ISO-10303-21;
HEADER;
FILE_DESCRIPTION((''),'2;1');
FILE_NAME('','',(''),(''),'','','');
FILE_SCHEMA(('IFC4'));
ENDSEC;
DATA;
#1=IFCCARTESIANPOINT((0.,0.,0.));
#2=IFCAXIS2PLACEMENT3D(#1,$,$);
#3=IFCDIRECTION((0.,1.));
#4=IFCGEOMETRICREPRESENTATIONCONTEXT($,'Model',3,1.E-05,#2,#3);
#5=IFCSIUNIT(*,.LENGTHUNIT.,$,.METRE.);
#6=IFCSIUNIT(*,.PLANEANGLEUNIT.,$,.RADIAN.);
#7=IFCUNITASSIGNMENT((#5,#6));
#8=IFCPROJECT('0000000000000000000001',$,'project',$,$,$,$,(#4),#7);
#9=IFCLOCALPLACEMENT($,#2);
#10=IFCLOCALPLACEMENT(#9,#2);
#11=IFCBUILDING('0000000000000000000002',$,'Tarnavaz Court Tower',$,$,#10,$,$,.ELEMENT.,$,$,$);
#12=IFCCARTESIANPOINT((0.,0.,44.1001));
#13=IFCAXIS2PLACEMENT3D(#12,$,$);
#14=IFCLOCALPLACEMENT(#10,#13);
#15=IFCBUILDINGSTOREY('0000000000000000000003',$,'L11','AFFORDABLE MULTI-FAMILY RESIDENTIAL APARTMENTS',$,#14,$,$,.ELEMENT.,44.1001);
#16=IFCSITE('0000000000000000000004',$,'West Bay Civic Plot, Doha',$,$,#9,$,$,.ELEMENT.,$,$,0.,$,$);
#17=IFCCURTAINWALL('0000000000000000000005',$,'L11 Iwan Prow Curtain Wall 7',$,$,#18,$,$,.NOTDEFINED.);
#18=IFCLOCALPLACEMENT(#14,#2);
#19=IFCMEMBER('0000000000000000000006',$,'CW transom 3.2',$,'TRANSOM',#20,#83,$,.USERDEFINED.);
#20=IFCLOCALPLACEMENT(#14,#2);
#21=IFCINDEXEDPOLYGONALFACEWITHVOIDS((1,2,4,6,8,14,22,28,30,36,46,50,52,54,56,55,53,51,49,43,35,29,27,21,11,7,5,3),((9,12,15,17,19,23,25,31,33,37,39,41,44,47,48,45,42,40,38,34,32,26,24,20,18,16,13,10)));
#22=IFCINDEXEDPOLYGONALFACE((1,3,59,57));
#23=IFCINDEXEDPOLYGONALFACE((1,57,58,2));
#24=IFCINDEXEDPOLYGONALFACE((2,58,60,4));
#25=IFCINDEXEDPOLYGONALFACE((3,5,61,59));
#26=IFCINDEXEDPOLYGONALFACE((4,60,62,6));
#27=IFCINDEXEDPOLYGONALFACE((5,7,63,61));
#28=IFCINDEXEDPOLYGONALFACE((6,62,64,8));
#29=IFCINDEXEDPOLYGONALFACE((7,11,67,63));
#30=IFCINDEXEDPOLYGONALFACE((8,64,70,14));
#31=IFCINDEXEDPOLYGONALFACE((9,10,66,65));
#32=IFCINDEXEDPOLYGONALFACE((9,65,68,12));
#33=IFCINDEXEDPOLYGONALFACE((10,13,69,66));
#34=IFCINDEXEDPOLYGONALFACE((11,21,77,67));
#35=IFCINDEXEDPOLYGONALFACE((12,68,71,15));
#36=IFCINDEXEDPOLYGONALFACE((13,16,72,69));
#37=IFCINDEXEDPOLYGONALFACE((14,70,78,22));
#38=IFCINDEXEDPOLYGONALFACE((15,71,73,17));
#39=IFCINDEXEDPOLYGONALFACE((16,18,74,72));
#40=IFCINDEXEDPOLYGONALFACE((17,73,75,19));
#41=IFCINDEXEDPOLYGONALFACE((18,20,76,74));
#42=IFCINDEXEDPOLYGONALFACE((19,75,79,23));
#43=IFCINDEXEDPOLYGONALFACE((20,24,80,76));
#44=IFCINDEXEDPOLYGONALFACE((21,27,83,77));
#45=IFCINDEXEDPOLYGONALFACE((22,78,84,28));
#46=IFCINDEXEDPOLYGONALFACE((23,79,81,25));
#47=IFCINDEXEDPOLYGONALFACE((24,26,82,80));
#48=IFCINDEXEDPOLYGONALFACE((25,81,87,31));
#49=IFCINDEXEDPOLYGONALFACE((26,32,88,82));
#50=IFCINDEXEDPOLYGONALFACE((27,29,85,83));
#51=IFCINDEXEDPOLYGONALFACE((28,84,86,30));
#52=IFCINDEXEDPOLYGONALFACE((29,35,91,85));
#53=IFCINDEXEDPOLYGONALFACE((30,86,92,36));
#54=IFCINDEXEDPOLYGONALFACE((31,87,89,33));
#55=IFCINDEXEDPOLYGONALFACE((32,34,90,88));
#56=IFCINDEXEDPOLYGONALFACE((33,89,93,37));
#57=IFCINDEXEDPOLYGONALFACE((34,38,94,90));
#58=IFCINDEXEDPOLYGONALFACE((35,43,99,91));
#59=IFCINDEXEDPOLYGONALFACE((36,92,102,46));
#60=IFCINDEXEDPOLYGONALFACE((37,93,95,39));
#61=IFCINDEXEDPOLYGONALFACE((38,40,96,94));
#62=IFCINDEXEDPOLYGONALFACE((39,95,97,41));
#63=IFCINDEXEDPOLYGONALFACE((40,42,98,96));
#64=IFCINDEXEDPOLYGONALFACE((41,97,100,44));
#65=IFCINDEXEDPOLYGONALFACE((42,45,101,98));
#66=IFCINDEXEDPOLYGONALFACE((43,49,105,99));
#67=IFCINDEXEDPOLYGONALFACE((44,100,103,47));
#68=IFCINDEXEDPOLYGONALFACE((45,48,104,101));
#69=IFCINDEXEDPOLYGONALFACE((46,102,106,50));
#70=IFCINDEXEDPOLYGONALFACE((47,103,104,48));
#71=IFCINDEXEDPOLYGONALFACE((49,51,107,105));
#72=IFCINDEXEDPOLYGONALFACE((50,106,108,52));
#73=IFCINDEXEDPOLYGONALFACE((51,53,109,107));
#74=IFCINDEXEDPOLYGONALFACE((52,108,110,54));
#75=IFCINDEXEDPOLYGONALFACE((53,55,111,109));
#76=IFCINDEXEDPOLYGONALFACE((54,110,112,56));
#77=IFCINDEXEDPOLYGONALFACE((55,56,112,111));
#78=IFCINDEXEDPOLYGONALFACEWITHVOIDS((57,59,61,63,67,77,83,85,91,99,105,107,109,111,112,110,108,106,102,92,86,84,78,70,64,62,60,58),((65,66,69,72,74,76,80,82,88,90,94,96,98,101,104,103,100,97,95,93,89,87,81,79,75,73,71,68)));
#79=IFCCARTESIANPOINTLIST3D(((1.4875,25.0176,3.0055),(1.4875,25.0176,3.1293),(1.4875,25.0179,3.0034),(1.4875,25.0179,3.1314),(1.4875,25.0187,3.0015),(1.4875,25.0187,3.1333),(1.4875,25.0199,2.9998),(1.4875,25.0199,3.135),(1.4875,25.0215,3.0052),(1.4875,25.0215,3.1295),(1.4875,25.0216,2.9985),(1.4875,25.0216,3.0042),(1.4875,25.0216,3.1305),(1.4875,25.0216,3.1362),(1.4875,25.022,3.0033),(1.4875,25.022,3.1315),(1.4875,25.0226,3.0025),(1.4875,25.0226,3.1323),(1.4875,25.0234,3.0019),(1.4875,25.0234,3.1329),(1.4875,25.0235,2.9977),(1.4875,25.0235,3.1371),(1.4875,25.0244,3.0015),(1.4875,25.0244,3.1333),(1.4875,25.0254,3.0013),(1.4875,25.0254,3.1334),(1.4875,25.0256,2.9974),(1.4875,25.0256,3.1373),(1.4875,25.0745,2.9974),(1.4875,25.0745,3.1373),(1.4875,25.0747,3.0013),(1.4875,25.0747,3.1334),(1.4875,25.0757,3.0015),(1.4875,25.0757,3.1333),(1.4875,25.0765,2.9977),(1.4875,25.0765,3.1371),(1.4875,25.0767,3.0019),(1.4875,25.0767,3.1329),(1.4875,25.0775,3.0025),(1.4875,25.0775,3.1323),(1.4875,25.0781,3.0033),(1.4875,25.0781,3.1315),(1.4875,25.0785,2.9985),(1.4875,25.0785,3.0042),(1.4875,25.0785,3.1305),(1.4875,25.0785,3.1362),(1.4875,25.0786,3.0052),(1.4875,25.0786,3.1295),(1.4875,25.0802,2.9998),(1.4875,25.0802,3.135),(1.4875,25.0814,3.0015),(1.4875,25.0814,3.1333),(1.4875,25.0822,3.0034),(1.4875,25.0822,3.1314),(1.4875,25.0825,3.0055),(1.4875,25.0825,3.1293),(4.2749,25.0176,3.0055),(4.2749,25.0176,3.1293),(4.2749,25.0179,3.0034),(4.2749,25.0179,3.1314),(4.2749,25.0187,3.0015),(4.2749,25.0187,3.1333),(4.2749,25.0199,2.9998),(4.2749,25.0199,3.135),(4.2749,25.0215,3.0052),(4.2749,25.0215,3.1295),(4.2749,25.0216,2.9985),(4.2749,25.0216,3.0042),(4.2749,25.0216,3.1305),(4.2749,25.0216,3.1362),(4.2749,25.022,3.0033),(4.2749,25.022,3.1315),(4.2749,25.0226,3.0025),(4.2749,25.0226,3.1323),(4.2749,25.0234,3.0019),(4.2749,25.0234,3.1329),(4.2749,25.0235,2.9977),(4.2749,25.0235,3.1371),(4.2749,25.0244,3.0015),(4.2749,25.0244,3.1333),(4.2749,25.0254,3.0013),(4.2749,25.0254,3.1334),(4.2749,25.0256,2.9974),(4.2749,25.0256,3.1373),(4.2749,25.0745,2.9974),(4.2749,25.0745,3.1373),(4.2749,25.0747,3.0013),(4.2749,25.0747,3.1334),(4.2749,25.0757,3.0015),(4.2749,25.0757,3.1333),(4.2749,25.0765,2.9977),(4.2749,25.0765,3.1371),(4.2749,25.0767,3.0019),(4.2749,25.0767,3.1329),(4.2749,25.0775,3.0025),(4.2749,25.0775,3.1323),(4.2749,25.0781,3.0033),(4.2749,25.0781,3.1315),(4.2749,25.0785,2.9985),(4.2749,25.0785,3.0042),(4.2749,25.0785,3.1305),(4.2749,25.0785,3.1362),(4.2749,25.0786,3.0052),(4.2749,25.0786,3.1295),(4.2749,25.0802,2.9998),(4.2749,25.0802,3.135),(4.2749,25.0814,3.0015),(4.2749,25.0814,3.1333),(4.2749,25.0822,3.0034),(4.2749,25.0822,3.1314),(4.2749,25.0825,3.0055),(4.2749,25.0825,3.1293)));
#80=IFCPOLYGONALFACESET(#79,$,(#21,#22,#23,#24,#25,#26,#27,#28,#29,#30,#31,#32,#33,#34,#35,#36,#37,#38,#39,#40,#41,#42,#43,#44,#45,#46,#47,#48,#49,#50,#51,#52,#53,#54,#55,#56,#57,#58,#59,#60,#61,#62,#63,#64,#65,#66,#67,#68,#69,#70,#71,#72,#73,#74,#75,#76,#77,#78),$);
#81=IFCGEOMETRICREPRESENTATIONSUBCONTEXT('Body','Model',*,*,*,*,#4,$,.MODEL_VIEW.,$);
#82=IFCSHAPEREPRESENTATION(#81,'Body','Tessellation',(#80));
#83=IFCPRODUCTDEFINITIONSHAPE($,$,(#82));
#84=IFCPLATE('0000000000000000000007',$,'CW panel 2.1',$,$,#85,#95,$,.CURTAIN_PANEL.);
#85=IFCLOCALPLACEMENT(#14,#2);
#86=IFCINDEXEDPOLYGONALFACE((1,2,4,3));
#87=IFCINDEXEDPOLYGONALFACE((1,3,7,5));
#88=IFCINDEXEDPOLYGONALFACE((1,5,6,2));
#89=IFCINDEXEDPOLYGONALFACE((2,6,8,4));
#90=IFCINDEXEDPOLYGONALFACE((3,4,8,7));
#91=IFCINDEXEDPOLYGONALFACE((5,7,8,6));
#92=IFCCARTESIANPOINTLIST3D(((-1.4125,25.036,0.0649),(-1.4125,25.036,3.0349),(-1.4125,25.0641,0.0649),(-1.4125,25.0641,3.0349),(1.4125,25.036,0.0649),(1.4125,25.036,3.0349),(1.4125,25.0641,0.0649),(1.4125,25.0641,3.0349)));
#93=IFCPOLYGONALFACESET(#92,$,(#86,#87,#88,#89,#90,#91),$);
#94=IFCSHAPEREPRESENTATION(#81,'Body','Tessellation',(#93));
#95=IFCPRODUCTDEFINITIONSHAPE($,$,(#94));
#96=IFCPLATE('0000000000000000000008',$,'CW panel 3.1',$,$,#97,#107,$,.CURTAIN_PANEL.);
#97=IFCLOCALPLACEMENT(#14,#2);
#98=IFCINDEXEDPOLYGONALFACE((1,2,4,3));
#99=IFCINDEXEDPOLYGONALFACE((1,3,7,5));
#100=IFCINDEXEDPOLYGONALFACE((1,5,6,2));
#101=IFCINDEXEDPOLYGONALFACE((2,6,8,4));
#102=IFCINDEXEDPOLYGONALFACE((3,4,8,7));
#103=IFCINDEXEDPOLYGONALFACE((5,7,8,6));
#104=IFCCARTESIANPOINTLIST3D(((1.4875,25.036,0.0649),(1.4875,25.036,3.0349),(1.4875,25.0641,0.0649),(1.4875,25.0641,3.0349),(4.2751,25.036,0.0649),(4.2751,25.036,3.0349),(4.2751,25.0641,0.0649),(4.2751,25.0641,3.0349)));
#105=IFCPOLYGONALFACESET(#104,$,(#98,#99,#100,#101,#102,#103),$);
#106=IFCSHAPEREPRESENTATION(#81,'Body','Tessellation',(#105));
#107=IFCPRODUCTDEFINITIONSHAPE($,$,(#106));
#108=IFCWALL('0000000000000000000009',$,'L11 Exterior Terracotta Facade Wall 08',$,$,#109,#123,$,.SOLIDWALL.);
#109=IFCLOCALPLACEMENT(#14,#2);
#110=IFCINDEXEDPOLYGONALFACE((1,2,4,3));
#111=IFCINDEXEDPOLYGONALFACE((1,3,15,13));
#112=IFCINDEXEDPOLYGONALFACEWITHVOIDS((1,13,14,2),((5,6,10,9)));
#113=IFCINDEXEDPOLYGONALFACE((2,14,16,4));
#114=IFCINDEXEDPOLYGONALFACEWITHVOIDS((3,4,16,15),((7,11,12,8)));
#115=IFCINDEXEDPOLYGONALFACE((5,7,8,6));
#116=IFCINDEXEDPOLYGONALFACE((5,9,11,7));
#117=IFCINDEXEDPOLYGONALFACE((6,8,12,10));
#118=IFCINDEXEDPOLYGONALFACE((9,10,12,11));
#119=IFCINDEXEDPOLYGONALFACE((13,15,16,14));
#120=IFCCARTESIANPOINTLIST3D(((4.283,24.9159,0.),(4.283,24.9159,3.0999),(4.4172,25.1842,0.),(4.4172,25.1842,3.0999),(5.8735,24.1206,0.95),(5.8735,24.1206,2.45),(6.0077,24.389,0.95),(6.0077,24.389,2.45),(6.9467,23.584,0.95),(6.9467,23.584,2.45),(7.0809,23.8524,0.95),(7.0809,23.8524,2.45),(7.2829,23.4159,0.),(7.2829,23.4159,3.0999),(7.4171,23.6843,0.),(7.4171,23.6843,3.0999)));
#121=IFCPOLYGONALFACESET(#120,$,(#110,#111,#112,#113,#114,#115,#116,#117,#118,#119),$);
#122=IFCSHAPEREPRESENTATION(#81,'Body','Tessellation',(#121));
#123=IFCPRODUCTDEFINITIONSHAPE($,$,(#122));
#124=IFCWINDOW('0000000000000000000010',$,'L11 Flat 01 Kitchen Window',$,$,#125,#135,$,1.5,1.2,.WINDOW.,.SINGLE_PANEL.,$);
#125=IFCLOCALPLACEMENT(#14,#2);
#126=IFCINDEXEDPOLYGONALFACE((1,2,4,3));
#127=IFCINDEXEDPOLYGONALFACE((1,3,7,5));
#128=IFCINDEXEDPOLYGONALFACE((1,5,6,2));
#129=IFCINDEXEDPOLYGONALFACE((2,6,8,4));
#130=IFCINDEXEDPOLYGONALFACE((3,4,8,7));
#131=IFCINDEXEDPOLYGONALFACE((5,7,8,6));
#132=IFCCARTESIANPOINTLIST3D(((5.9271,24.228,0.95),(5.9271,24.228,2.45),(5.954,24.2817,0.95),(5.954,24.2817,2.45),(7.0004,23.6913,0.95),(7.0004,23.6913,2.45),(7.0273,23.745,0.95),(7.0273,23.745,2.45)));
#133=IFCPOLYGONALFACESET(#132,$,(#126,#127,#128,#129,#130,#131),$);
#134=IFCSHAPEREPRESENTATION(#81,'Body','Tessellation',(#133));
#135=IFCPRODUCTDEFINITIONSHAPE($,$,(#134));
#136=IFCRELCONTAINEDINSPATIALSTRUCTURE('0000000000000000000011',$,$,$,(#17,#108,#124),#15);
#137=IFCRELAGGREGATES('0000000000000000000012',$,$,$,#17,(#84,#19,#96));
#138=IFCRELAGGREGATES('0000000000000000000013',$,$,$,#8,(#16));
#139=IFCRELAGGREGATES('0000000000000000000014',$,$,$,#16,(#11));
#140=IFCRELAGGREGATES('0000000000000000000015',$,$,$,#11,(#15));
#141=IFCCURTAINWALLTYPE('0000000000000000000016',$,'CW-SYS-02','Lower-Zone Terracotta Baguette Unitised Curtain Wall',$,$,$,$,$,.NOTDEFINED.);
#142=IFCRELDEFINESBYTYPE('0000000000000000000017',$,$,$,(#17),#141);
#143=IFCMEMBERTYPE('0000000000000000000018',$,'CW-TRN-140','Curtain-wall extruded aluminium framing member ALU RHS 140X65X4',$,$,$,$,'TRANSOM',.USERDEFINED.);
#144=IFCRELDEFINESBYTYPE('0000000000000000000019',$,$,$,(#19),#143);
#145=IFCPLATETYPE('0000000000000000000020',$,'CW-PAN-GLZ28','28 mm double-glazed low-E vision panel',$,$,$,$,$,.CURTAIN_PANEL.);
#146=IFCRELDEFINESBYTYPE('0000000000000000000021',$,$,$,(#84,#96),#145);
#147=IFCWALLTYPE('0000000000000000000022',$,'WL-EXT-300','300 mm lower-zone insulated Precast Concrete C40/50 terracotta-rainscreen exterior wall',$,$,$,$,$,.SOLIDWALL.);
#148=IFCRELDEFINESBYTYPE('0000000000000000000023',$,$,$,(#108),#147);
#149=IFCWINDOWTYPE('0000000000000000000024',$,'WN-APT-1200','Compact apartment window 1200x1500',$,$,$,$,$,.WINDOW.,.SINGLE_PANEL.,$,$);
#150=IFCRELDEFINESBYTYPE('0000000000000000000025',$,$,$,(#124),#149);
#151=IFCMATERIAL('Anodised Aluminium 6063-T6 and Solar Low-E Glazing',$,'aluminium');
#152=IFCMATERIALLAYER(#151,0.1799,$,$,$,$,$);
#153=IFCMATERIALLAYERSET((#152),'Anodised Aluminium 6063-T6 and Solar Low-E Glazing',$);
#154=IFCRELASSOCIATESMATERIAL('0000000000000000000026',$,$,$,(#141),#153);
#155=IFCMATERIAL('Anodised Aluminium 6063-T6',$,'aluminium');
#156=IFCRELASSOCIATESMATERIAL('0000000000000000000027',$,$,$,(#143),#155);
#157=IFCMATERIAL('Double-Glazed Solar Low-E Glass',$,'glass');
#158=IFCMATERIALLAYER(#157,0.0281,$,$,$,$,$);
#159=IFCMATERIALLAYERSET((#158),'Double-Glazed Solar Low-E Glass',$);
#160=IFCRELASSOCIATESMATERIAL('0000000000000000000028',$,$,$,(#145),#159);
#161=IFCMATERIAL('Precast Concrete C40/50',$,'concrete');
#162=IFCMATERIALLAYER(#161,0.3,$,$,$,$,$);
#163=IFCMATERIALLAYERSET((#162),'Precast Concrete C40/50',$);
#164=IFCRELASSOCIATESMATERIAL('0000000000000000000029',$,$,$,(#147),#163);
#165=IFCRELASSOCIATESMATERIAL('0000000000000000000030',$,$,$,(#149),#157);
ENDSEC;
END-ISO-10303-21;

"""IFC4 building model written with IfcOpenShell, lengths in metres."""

from ifc_helpers import new_model, si_unit, direction, frame, frame_2d, origin, origin_2d, place, context, subcontext, project, spatial, rectangle, hollow_rectangle, extrude, material, layer, layer_set, material_profile, profile_set, type_object, element, fill, aggregate, save


model = new_model("IFC4")

# Units and contexts
model_context = context("Model", 3, precision=1e-05, world=origin(), true_north=direction((0.0, 1.0)))
body_context = subcontext(model_context, "Body", "Model", "MODEL_VIEW")
ifc_project = project(units=[si_unit("LENGTHUNIT", "METRE"), si_unit("PLANEANGLEUNIT", "RADIAN")], contexts=[model_context])

# Site, building, storey
site_placement = place(None, origin())
site = spatial("IfcSite", under=ifc_project, at=site_placement, Name="West Bay Civic Plot, Doha", CompositionType="ELEMENT", RefElevation=0.0)
building_placement = place(site_placement, origin())
building = spatial("IfcBuilding", under=site, at=building_placement, Name="Tarnavaz Court Tower", CompositionType="ELEMENT")
storey_placement = place(building_placement, frame((0.0, 0.0, 44.1001)))
storey = spatial("IfcBuildingStorey", under=building, at=storey_placement, Name="L11", Description="AFFORDABLE MULTI-FAMILY RESIDENTIAL APARTMENTS", CompositionType="ELEMENT", Elevation=44.1001)

# Curtain wall, member, plates
ifc_material_1 = material(Name="Anodised Aluminium 6063-T6 and Solar Low-E Glazing", Category="aluminium")
ifc_layer_1 = layer(ifc_material_1, 0.1799)
ifc_layer_set_1 = layer_set([ifc_layer_1], Name="Anodised Aluminium 6063-T6 and Solar Low-E Glazing")
curtain_wall_type = type_object("IfcCurtainWallType", Name="CW-SYS-02", Description="Lower-Zone Terracotta Baguette Unitised Curtain Wall", PredefinedType="NOTDEFINED", material=ifc_layer_set_1)
curtain_wall_placement = place(storey_placement, origin())
curtain_wall = element("IfcCurtainWall", 1, at=curtain_wall_placement, inside=storey, type_object=curtain_wall_type, Name="L11 Iwan Prow Curtain Wall 7", PredefinedType="NOTDEFINED")
ifc_material_2 = material(Name="Anodised Aluminium 6063-T6", Category="aluminium")
ifc_material_profile_1 = material_profile(ifc_material_2, hollow_rectangle(XDim=0.0649, YDim=0.1399, WallThickness=0.0039, InnerFilletRadius=0.0039, OuterFilletRadius=0.0081, at=origin_2d()), Name="ALU RHS 140X65X4")
ifc_profile_set_1 = profile_set([ifc_material_profile_1], Name="Anodised Aluminium 6063-T6")
member_type_1 = type_object("IfcMemberType", Name="CW-TRN-140", Description="Curtain-wall extruded aluminium framing member ALU RHS 140X65X4", ElementType="TRANSOM", PredefinedType="USERDEFINED", material=ifc_profile_set_1)
member_1_placement = place(storey_placement, frame((1.4875, 25.05, 3.0674), z_axis=(1.0, 0.0, 0.0), x_axis=(0.0, 1.0, 0.0)))
member_1 = element("IfcMember", 2, at=member_1_placement, type_object=member_type_1, Name="CW transom 3.2", ObjectType="TRANSOM", PredefinedType="USERDEFINED", context=body_context, shape_type="SweptSolid", body=[
    extrude(hollow_rectangle(XDim=0.0649, YDim=0.1399, WallThickness=0.0039, InnerFilletRadius=0.0039, OuterFilletRadius=0.0081, at=origin_2d()), origin(), (0.0, 0.0, 1.0), 2.7874),
])
ifc_material_3 = material(Name="Double-Glazed Solar Low-E Glass", Category="glass")
ifc_layer_2 = layer(ifc_material_3, 0.0281)
ifc_layer_set_2 = layer_set([ifc_layer_2], Name="Double-Glazed Solar Low-E Glass")
plate_type = type_object("IfcPlateType", Name="CW-PAN-GLZ28", Description="28 mm double-glazed low-E vision panel", PredefinedType="CURTAIN_PANEL", material=ifc_layer_set_2)
plate_1_placement = place(storey_placement, frame((0.0, 25.05, 0.0649), z_axis=(0.0, 0.0, 1.0), x_axis=(1.0, 0.0, 0.0)))
plate_1 = element("IfcPlate", 3, at=plate_1_placement, type_object=plate_type, Name="CW panel 2.1", PredefinedType="CURTAIN_PANEL", context=body_context, shape_type="SweptSolid", body=[
    extrude(rectangle(XDim=2.825, YDim=0.0281, at=origin_2d()), origin(), (0.0, 0.0, 1.0), 2.97),
])
plate_2_placement = place(storey_placement, frame((2.8813, 25.05, 0.0649), z_axis=(0.0, 0.0, 1.0), x_axis=(1.0, 0.0, 0.0)))
plate_2 = element("IfcPlate", 4, at=plate_2_placement, type_object=plate_type, Name="CW panel 3.1", PredefinedType="CURTAIN_PANEL", context=body_context, shape_type="SweptSolid", body=[
    extrude(rectangle(XDim=2.7876, YDim=0.0281, at=origin_2d()), origin(), (0.0, 0.0, 1.0), 2.97),
])
aggregate(curtain_wall, [plate_1, member_1, plate_2])

# Wall, opening, window
ifc_material_4 = material(Name="Precast Concrete C40/50", Category="concrete")
ifc_layer_3 = layer(ifc_material_4, 0.3)
ifc_layer_set_3 = layer_set([ifc_layer_3], Name="Precast Concrete C40/50")
wall_type_1 = type_object("IfcWallType", Name="WL-EXT-300", Description="300 mm lower-zone insulated Precast Concrete C40/50 terracotta-rainscreen exterior wall", PredefinedType="SOLIDWALL", material=ifc_layer_set_3)
wall_1_placement = place(storey_placement, frame((4.3501, 25.05, 0.0), z_axis=(0.0, 0.0, 1.0), x_axis=(0.894427, -0.447214, 0.0)))
wall_1 = element("IfcWall", 5, at=wall_1_placement, inside=storey, type_object=wall_type_1, Name="L11 Exterior Terracotta Facade Wall 08", PredefinedType="SOLIDWALL", context=body_context, shape_type="SweptSolid", body=[
    extrude(rectangle(XDim=3.354, YDim=0.3, at=frame_2d((1.677, 0.0))), origin(), (0.0, 0.0, 1.0), 3.0999),
])
opening_1_placement = place(wall_1_placement, frame((1.7781, 0.0, 0.95)))
opening_1 = element("IfcOpeningElement", 6, at=opening_1_placement, cuts=wall_1, PredefinedType="OPENING", context=body_context, shape_type="SweptSolid", body=[
    extrude(rectangle(XDim=1.2, YDim=1.5, at=frame_2d((0.6001, 0.75))), frame((0.0, 0.1599, 0.0), z_axis=(0.0, -1.0, 0.0), x_axis=(1.0, 0.0, 0.0)), (0.0, 0.0, 1.0), 0.3201),
])
window_type_1 = type_object("IfcWindowType", Name="WN-APT-1200", Description="Compact apartment window 1200x1500", PartitioningType="SINGLE_PANEL", PredefinedType="WINDOW", material=ifc_material_3)
window_1_placement = place(opening_1_placement, origin())
window_1 = element("IfcWindow", 7, at=window_1_placement, inside=storey, type_object=window_type_1, Name="L11 Flat 01 Kitchen Window", OverallHeight=1.5, OverallWidth=1.2, PartitioningType="SINGLE_PANEL", PredefinedType="WINDOW", context=body_context, shape_type="SweptSolid", body=[
    extrude(rectangle(XDim=1.2, YDim=1.5, at=frame_2d((0.6001, 0.75))), frame((0.0, 0.03, 0.0), z_axis=(0.0, -1.0, 0.0), x_axis=(1.0, 0.0, 0.0)), (0.0, 0.0, 1.0), 0.0601),
])
fill(opening_1, window_1)

save(model, "model.ifc")
